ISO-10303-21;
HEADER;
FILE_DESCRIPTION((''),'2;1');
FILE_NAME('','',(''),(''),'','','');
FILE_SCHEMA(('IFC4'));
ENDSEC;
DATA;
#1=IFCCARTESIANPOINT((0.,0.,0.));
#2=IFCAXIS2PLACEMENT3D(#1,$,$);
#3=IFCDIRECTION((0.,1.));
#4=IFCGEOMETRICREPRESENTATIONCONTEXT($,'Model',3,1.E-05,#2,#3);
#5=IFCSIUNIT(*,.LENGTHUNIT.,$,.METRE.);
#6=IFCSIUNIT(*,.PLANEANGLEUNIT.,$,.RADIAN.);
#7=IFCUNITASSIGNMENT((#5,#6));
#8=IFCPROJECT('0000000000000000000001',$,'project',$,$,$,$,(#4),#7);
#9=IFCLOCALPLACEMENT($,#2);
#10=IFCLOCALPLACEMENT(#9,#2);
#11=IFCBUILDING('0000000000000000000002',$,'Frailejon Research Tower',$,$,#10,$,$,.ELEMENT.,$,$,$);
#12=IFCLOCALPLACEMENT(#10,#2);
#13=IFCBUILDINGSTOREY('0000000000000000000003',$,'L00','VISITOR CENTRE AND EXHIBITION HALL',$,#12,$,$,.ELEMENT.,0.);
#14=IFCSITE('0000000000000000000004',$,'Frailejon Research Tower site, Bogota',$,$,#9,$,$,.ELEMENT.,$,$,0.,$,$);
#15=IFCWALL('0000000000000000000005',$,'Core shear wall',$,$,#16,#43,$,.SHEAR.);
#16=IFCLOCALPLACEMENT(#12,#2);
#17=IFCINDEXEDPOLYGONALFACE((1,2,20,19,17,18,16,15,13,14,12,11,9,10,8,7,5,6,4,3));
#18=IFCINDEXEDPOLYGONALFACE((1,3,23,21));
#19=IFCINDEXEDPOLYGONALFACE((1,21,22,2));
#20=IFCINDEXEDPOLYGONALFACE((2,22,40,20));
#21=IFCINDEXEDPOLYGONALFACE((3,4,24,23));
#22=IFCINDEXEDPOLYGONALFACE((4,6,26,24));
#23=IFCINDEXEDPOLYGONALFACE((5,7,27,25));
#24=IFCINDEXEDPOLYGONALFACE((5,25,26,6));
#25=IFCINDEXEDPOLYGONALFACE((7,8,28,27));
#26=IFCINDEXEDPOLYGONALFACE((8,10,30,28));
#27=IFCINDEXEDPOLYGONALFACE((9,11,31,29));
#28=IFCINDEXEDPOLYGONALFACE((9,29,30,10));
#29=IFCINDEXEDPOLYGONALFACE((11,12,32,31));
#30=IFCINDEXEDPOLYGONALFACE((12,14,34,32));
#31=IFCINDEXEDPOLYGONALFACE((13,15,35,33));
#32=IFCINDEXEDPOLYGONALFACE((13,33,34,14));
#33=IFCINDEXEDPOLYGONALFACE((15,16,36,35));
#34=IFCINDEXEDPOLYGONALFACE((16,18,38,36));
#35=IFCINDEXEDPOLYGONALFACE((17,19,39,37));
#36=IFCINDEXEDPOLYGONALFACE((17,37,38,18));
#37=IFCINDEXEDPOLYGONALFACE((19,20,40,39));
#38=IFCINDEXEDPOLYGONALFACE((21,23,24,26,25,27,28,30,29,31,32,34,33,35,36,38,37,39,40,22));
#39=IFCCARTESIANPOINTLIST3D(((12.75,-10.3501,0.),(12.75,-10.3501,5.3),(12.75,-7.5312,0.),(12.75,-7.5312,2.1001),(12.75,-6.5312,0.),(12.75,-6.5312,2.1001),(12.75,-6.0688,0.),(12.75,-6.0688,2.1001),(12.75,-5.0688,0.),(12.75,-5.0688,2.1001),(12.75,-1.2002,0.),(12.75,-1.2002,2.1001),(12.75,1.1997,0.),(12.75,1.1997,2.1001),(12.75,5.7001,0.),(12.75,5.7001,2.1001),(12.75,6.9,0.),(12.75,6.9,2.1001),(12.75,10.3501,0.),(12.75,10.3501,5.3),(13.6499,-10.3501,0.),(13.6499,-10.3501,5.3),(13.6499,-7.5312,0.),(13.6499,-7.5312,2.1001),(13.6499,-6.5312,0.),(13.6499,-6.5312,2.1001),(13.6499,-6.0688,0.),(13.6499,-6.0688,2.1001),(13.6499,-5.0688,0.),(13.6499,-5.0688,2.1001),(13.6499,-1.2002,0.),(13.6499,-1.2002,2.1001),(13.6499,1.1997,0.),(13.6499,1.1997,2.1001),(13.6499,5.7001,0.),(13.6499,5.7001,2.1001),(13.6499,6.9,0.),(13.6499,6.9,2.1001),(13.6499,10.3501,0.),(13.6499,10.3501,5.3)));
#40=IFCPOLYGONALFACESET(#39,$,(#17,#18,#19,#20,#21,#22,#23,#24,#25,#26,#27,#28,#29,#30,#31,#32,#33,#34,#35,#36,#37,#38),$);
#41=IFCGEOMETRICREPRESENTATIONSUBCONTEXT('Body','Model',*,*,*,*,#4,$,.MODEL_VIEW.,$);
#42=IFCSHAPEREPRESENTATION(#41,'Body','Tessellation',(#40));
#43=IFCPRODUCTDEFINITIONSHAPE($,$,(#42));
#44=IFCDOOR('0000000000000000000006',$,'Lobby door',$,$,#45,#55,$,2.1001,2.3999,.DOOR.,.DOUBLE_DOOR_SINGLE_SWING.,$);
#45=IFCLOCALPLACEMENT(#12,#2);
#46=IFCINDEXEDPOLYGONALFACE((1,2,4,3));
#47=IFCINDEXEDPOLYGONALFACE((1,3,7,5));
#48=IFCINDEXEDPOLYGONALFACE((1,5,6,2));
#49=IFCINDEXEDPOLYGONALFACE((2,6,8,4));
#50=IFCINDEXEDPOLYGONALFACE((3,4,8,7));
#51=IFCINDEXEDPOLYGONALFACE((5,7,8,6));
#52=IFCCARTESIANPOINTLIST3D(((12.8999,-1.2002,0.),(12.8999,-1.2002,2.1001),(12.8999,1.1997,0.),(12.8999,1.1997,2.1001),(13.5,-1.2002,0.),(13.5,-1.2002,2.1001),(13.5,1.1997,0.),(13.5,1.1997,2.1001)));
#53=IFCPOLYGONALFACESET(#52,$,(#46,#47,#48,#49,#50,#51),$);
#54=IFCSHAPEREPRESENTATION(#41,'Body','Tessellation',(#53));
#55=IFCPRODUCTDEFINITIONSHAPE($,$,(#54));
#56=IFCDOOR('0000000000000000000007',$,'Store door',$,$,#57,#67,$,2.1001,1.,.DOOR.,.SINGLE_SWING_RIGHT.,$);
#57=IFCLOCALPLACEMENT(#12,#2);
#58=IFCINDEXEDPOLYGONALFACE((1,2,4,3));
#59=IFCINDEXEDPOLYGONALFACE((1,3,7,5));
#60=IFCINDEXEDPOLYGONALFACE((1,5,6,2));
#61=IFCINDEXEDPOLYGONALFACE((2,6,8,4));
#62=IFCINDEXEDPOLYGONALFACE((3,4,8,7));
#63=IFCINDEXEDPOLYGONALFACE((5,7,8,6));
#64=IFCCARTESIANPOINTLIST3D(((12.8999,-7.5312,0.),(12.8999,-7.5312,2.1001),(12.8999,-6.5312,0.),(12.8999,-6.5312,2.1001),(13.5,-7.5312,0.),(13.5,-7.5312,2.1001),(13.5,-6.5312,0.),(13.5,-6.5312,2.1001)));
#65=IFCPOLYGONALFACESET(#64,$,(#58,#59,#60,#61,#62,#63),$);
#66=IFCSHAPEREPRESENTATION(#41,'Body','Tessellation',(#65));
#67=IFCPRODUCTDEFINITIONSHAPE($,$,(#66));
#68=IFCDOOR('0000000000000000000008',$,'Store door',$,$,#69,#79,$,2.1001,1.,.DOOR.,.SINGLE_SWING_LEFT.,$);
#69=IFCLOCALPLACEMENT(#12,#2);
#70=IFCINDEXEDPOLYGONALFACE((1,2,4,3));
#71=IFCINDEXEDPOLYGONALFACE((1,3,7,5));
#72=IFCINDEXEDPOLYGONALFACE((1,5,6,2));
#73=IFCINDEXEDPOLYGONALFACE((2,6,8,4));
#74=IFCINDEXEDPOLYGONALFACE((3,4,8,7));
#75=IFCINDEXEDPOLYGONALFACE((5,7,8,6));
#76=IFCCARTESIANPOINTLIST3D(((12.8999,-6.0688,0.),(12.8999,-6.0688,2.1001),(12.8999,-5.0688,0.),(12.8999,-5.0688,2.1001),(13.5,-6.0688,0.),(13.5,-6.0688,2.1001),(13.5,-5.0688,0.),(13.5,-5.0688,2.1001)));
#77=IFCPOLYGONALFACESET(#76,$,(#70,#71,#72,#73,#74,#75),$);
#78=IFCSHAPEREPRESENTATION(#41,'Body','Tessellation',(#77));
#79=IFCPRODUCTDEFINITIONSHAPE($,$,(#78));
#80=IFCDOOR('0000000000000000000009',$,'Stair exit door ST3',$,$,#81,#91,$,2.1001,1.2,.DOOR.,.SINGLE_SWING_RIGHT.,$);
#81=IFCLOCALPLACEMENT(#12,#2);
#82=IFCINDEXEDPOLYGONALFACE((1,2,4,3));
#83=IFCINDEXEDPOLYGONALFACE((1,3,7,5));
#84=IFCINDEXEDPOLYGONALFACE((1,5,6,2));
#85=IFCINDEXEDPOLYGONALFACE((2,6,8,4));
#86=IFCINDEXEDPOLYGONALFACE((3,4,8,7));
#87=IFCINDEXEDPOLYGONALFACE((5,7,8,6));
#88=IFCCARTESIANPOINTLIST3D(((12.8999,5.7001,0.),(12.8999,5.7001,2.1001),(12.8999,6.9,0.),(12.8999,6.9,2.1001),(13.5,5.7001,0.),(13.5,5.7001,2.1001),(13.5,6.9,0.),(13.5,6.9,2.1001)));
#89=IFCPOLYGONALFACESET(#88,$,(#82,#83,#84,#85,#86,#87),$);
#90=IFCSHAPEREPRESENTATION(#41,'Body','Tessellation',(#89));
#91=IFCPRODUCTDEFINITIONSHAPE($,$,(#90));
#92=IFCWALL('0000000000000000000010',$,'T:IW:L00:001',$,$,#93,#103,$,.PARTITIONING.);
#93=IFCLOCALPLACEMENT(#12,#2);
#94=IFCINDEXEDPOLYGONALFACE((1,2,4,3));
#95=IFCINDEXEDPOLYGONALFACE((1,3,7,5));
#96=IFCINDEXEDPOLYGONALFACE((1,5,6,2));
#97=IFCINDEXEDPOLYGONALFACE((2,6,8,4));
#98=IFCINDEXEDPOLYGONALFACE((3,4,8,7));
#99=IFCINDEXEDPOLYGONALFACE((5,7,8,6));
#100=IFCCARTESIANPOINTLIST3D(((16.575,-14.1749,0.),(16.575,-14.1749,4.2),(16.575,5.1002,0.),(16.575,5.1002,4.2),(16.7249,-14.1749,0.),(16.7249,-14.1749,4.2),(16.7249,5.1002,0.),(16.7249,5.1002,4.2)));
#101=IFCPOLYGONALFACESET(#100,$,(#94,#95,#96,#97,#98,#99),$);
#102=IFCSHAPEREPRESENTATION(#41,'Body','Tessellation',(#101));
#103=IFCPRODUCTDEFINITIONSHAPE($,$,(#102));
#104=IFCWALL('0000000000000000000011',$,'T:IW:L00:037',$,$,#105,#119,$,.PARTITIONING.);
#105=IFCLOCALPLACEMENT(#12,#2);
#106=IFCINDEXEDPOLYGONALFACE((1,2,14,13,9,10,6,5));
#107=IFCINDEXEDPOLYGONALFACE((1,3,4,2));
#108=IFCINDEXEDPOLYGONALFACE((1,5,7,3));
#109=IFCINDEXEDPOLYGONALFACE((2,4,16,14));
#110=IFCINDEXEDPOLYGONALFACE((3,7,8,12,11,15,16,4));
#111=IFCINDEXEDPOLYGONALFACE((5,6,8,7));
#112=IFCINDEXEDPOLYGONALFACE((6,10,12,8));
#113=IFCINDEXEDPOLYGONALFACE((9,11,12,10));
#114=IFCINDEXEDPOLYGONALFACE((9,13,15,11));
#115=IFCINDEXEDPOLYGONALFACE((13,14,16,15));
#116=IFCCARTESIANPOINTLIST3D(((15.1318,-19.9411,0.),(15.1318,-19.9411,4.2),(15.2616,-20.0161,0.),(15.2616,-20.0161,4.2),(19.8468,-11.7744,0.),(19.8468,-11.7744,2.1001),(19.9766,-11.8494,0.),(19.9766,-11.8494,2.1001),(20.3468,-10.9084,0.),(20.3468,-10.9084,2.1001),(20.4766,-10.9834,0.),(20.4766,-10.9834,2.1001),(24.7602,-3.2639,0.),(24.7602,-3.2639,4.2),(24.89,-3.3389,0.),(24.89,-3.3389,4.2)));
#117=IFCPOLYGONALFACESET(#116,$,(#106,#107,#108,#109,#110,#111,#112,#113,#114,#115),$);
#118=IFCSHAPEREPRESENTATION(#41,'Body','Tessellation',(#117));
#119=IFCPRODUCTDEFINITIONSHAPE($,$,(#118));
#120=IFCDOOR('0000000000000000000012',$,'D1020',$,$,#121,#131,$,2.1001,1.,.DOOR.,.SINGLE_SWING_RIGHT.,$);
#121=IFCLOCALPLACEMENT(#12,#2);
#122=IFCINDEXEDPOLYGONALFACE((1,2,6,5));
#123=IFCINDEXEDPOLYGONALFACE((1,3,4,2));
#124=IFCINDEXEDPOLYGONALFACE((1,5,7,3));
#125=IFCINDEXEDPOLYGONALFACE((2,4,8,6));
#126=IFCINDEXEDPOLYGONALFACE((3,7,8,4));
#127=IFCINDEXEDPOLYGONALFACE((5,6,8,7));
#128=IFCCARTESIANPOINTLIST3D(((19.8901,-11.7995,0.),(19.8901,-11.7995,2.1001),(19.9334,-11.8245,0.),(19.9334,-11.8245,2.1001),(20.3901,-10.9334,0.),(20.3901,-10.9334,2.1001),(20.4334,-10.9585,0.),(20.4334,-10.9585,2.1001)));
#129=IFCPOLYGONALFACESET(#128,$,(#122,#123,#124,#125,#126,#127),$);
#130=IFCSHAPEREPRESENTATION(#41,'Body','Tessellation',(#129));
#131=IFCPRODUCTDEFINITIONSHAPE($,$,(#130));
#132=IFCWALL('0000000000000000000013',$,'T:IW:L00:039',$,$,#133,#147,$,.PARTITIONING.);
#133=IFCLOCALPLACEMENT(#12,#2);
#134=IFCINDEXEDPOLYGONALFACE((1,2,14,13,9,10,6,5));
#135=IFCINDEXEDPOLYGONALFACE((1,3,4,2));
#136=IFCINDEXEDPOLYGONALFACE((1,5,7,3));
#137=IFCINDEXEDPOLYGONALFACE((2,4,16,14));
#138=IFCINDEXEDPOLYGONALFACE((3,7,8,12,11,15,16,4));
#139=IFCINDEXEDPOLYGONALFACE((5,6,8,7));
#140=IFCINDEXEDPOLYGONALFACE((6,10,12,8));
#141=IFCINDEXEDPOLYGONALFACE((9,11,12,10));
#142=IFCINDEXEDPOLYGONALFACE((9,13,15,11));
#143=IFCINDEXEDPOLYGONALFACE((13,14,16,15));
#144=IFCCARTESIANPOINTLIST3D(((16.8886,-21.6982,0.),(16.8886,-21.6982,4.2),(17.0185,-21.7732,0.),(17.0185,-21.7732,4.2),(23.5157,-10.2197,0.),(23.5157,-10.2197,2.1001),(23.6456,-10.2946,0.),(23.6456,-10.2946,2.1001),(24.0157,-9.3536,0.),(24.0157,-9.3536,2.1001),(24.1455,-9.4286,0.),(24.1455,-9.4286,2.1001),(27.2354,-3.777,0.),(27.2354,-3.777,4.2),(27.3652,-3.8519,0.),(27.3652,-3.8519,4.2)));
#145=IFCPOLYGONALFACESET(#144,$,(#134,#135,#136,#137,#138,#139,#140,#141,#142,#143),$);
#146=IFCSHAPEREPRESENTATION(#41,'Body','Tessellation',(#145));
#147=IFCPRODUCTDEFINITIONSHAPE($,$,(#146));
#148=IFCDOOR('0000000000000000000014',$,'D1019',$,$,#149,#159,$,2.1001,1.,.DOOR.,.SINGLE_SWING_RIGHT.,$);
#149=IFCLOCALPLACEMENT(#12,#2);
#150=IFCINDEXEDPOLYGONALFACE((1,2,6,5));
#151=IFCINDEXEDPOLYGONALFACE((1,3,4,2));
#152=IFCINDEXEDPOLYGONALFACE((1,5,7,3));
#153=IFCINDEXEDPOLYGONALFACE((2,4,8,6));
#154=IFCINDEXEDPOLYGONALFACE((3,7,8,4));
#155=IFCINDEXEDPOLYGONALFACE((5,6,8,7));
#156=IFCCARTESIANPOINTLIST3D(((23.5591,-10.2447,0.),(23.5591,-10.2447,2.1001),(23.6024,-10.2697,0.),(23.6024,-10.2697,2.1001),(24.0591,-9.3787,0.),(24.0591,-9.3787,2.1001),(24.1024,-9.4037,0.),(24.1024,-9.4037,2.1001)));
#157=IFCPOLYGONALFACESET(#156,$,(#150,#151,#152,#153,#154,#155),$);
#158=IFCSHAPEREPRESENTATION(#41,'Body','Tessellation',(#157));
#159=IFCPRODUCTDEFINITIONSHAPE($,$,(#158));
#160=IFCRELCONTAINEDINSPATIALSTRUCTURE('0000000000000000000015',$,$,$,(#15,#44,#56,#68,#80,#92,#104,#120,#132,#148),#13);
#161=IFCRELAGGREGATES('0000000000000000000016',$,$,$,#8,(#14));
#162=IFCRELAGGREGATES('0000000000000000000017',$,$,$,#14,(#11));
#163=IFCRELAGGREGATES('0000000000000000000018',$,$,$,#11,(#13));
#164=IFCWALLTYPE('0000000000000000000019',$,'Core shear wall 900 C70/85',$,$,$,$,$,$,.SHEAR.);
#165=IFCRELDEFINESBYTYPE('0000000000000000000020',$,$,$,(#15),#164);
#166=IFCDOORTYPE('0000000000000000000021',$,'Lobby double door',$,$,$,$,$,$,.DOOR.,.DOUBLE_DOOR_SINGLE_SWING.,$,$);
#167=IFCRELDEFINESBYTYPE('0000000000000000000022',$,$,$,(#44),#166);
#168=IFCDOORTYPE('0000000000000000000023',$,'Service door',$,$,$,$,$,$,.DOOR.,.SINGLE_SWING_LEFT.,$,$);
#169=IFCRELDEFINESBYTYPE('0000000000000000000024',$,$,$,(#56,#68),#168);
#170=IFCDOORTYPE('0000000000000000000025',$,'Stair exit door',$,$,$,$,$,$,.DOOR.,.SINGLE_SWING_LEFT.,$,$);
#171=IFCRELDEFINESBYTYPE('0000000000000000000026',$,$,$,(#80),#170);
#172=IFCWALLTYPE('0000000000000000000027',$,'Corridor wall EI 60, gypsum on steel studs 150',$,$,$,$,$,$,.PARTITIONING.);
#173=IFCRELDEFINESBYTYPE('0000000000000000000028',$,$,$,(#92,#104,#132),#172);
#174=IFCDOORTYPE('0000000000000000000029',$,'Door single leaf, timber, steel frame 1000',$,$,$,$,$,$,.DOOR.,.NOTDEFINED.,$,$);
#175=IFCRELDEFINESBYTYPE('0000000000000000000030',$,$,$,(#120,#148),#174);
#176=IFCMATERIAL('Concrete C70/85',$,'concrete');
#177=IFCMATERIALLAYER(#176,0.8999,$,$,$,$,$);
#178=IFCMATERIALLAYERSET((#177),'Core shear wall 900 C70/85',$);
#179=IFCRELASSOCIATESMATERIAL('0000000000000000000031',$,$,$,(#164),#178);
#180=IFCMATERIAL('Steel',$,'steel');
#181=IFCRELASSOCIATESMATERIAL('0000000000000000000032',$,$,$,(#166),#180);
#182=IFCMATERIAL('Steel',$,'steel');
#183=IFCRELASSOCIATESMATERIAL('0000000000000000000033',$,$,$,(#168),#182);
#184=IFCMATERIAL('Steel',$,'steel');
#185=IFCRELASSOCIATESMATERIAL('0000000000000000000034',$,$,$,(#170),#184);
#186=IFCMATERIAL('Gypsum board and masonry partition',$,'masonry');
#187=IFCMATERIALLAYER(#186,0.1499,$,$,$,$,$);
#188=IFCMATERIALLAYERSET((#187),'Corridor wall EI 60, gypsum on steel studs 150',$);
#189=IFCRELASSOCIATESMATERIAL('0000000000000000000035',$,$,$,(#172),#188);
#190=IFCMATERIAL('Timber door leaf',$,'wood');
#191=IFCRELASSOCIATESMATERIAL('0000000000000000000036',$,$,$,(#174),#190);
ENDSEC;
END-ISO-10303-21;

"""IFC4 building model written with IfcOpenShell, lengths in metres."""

from ifc_helpers import new_model, si_unit, direction, frame, frame_2d, origin, place, context, subcontext, project, spatial, rectangle, extrude, material, layer, layer_set, type_object, element, fill, save


model = new_model("IFC4")

# Units and contexts
model_context = context("Model", 3, precision=1e-05, world=origin(), true_north=direction((0.0, 1.0)))
body_context = subcontext(model_context, "Body", "Model", "MODEL_VIEW")
ifc_project = project(units=[si_unit("LENGTHUNIT", "METRE"), si_unit("PLANEANGLEUNIT", "RADIAN")], contexts=[model_context])

# Site, building, storey
site_placement = place(None, origin())
site = spatial("IfcSite", under=ifc_project, at=site_placement, Name="Frailejon Research Tower site, Bogota", CompositionType="ELEMENT", RefElevation=0.0)
building_placement = place(site_placement, origin())
building = spatial("IfcBuilding", under=site, at=building_placement, Name="Frailejon Research Tower", CompositionType="ELEMENT")
storey_placement = place(building_placement, origin())
storey = spatial("IfcBuildingStorey", under=building, at=storey_placement, Name="L00", Description="VISITOR CENTRE AND EXHIBITION HALL", CompositionType="ELEMENT", Elevation=0.0)

# Wall, openings, doors
ifc_material_1 = material(Name="Concrete C70/85", Category="concrete")
ifc_layer_1 = layer(ifc_material_1, 0.8999)
ifc_layer_set_1 = layer_set([ifc_layer_1], Name="Core shear wall 900 C70/85")
wall_type_1 = type_object("IfcWallType", Name="Core shear wall 900 C70/85", PredefinedType="SHEAR", material=ifc_layer_set_1)
wall_1_placement = place(storey_placement, frame((13.2, -10.3501, 0.0), z_axis=(0.0, 0.0, 1.0), x_axis=(0.0, 1.0, 0.0)))
wall_1 = element("IfcWall", 1, at=wall_1_placement, inside=storey, type_object=wall_type_1, Name="Core shear wall", PredefinedType="SHEAR", context=body_context, shape_type="SweptSolid", body=[
    extrude(rectangle(XDim=20.7002, YDim=0.8999, at=frame_2d((10.3501, 0.0))), origin(), (0.0, 0.0, 1.0), 5.3),
])
opening_1_placement = place(wall_1_placement, frame((9.1499, 0.0, 0.0)))
opening_1 = element("IfcOpeningElement", 2, at=opening_1_placement, cuts=wall_1, PredefinedType="OPENING", context=body_context, shape_type="SweptSolid", body=[
    extrude(rectangle(XDim=2.3999, YDim=2.1001, at=frame_2d((1.2, 1.05))), frame((0.0, 0.46, 0.0), z_axis=(0.0, -1.0, 0.0), x_axis=(1.0, 0.0, 0.0)), (0.0, 0.0, 1.0), 0.9199),
])
opening_2_placement = place(wall_1_placement, frame((16.05, 0.0, 0.0)))
opening_2 = element("IfcOpeningElement", 3, at=opening_2_placement, cuts=wall_1, PredefinedType="OPENING", context=body_context, shape_type="SweptSolid", body=[
    extrude(rectangle(XDim=1.2, YDim=2.1001, at=frame_2d((0.6001, 1.05))), frame((0.0, 0.46, 0.0), z_axis=(0.0, -1.0, 0.0), x_axis=(1.0, 0.0, 0.0)), (0.0, 0.0, 1.0), 0.9199),
])
opening_3_placement = place(wall_1_placement, frame((2.8188, 0.0, 0.0)))
opening_3 = element("IfcOpeningElement", 4, at=opening_3_placement, cuts=wall_1, PredefinedType="OPENING", context=body_context, shape_type="SweptSolid", body=[
    extrude(rectangle(XDim=1.0, YDim=2.1001, at=frame_2d((0.5, 1.05))), frame((0.0, 0.46, 0.0), z_axis=(0.0, -1.0, 0.0), x_axis=(1.0, 0.0, 0.0)), (0.0, 0.0, 1.0), 0.9199),
])
opening_4_placement = place(wall_1_placement, frame((4.2812, 0.0, 0.0)))
opening_4 = element("IfcOpeningElement", 5, at=opening_4_placement, cuts=wall_1, PredefinedType="OPENING", context=body_context, shape_type="SweptSolid", body=[
    extrude(rectangle(XDim=1.0, YDim=2.1001, at=frame_2d((0.5, 1.05))), frame((0.0, 0.46, 0.0), z_axis=(0.0, -1.0, 0.0), x_axis=(1.0, 0.0, 0.0)), (0.0, 0.0, 1.0), 0.9199),
])
ifc_material_2 = material(Name="Steel", Category="steel")
door_type_1 = type_object("IfcDoorType", Name="Lobby double door", OperationType="DOUBLE_DOOR_SINGLE_SWING", PredefinedType="DOOR", material=ifc_material_2)
door_1_placement = place(opening_1_placement, origin())
door_1 = element("IfcDoor", 6, at=door_1_placement, inside=storey, type_object=door_type_1, Name="Lobby door", OperationType="DOUBLE_DOOR_SINGLE_SWING", OverallHeight=2.1001, OverallWidth=2.3999, PredefinedType="DOOR", context=body_context, shape_type="SweptSolid", body=[
    extrude(rectangle(XDim=2.3999, YDim=2.1001, at=frame_2d((1.2, 1.05))), frame((0.0, 0.3, 0.0), z_axis=(0.0, -1.0, 0.0), x_axis=(1.0, 0.0, 0.0)), (0.0, 0.0, 1.0), 0.6001),
])
fill(opening_1, door_1)
ifc_material_3 = material(Name="Steel", Category="steel")
door_type_2 = type_object("IfcDoorType", Name="Service door", OperationType="SINGLE_SWING_LEFT", PredefinedType="DOOR", material=ifc_material_3)
door_2_placement = place(opening_3_placement, origin())
door_2 = element("IfcDoor", 7, at=door_2_placement, inside=storey, type_object=door_type_2, Name="Store door", OperationType="SINGLE_SWING_RIGHT", OverallHeight=2.1001, OverallWidth=1.0, PredefinedType="DOOR", context=body_context, shape_type="SweptSolid", body=[
    extrude(rectangle(XDim=1.0, YDim=2.1001, at=frame_2d((0.5, 1.05))), frame((0.0, 0.3, 0.0), z_axis=(0.0, -1.0, 0.0), x_axis=(1.0, 0.0, 0.0)), (0.0, 0.0, 1.0), 0.6001),
])
fill(opening_3, door_2)
door_3_placement = place(opening_4_placement, origin())
door_3 = element("IfcDoor", 8, at=door_3_placement, inside=storey, type_object=door_type_2, Name="Store door", OperationType="SINGLE_SWING_LEFT", OverallHeight=2.1001, OverallWidth=1.0, PredefinedType="DOOR", context=body_context, shape_type="SweptSolid", body=[
    extrude(rectangle(XDim=1.0, YDim=2.1001, at=frame_2d((0.5, 1.05))), frame((0.0, 0.3, 0.0), z_axis=(0.0, -1.0, 0.0), x_axis=(1.0, 0.0, 0.0)), (0.0, 0.0, 1.0), 0.6001),
])
fill(opening_4, door_3)
ifc_material_4 = material(Name="Steel", Category="steel")
door_type_3 = type_object("IfcDoorType", Name="Stair exit door", OperationType="SINGLE_SWING_LEFT", PredefinedType="DOOR", material=ifc_material_4)
door_4_placement = place(opening_2_placement, origin())
door_4 = element("IfcDoor", 9, at=door_4_placement, inside=storey, type_object=door_type_3, Name="Stair exit door ST3", OperationType="SINGLE_SWING_RIGHT", OverallHeight=2.1001, OverallWidth=1.2, PredefinedType="DOOR", context=body_context, shape_type="SweptSolid", body=[
    extrude(rectangle(XDim=1.2, YDim=2.1001, at=frame_2d((0.6001, 1.05))), frame((0.0, 0.3, 0.0), z_axis=(0.0, -1.0, 0.0), x_axis=(1.0, 0.0, 0.0)), (0.0, 0.0, 1.0), 0.6001),
])
fill(opening_2, door_4)

# Wall
ifc_material_5 = material(Name="Gypsum board and masonry partition", Category="masonry")
ifc_layer_2 = layer(ifc_material_5, 0.1499)
ifc_layer_set_2 = layer_set([ifc_layer_2], Name="Corridor wall EI 60, gypsum on steel studs 150")
wall_type_2 = type_object("IfcWallType", Name="Corridor wall EI 60, gypsum on steel studs 150", PredefinedType="PARTITIONING", material=ifc_layer_set_2)
wall_2_placement = place(storey_placement, frame((16.6499, -14.175, 0.0), z_axis=(0.0, 0.0, 1.0), x_axis=(0.0, 1.0, 0.0)))
element("IfcWall", 10, at=wall_2_placement, inside=storey, type_object=wall_type_2, Name="T:IW:L00:001", PredefinedType="PARTITIONING", context=body_context, shape_type="SweptSolid", body=[
    extrude(rectangle(XDim=19.2751, YDim=0.1499, at=frame_2d((9.6377, 0.0))), origin(), (0.0, 0.0, 1.0), 4.2),
])

# Walls, openings, doors
wall_3_placement = place(storey_placement, frame((15.1968, -19.9785, 0.0), z_axis=(0.0, 0.0, 1.0), x_axis=(0.499992, 0.86603, 0.0)))
wall_3 = element("IfcWall", 11, at=wall_3_placement, inside=storey, type_object=wall_type_2, Name="T:IW:L00:037", PredefinedType="PARTITIONING", context=body_context, shape_type="SweptSolid", body=[
    extrude(rectangle(XDim=19.2571, YDim=0.1499, at=frame_2d((9.6284, 0.0))), origin(), (0.0, 0.0, 1.0), 4.2),
])
opening_5_placement = place(wall_3_placement, frame((9.4299, 0.0, 0.0)))
opening_5 = element("IfcOpeningElement", 12, at=opening_5_placement, cuts=wall_3, PredefinedType="OPENING", context=body_context, shape_type="SweptSolid", body=[
    extrude(rectangle(XDim=1.0, YDim=2.1001, at=frame_2d((0.5, 1.05))), frame((0.0, 0.085, 0.0), z_axis=(0.0, -1.0, 0.0), x_axis=(1.0, 0.0, 0.0)), (0.0, 0.0, 1.0), 0.1699),
])
ifc_material_6 = material(Name="Timber door leaf", Category="wood")
door_type_4 = type_object("IfcDoorType", Name="Door single leaf, timber, steel frame 1000", OperationType="NOTDEFINED", PredefinedType="DOOR", material=ifc_material_6)
door_5_placement = place(opening_5_placement, origin())
door_5 = element("IfcDoor", 13, at=door_5_placement, inside=storey, type_object=door_type_4, Name="D1020", OperationType="SINGLE_SWING_RIGHT", OverallHeight=2.1001, OverallWidth=1.0, PredefinedType="DOOR", context=body_context, shape_type="SweptSolid", body=[
    extrude(rectangle(XDim=1.0, YDim=2.1001, at=frame_2d((0.5, 1.05))), frame((0.0, 0.0249, 0.0), z_axis=(0.0, -1.0, 0.0), x_axis=(1.0, 0.0, 0.0)), (0.0, 0.0, 1.0), 0.05),
])
fill(opening_5, door_5)
wall_4_placement = place(storey_placement, frame((16.9536, -21.7356, 0.0), z_axis=(0.0, 0.0, 1.0), x_axis=(0.499996, 0.866027, 0.0)))
wall_4 = element("IfcWall", 14, at=wall_4_placement, inside=storey, type_object=wall_type_2, Name="T:IW:L00:039", PredefinedType="PARTITIONING", context=body_context, shape_type="SweptSolid", body=[
    extrude(rectangle(XDim=20.6936, YDim=0.1499, at=frame_2d((10.3467, 0.0))), origin(), (0.0, 0.0, 1.0), 4.2),
])
opening_6_placement = place(wall_4_placement, frame((13.2542, 0.0, 0.0)))
opening_6 = element("IfcOpeningElement", 15, at=opening_6_placement, cuts=wall_4, PredefinedType="OPENING", context=body_context, shape_type="SweptSolid", body=[
    extrude(rectangle(XDim=1.0, YDim=2.1001, at=frame_2d((0.5, 1.05))), frame((0.0, 0.085, 0.0), z_axis=(0.0, -1.0, 0.0), x_axis=(1.0, 0.0, 0.0)), (0.0, 0.0, 1.0), 0.1699),
])
door_6_placement = place(opening_6_placement, origin())
door_6 = element("IfcDoor", 16, at=door_6_placement, inside=storey, type_object=door_type_4, Name="D1019", OperationType="SINGLE_SWING_RIGHT", OverallHeight=2.1001, OverallWidth=1.0, PredefinedType="DOOR", context=body_context, shape_type="SweptSolid", body=[
    extrude(rectangle(XDim=1.0, YDim=2.1001, at=frame_2d((0.5, 1.05))), frame((0.0, 0.0249, 0.0), z_axis=(0.0, -1.0, 0.0), x_axis=(1.0, 0.0, 0.0)), (0.0, 0.0, 1.0), 0.05),
])
fill(opening_6, door_6)

save(model, "model.ifc")
